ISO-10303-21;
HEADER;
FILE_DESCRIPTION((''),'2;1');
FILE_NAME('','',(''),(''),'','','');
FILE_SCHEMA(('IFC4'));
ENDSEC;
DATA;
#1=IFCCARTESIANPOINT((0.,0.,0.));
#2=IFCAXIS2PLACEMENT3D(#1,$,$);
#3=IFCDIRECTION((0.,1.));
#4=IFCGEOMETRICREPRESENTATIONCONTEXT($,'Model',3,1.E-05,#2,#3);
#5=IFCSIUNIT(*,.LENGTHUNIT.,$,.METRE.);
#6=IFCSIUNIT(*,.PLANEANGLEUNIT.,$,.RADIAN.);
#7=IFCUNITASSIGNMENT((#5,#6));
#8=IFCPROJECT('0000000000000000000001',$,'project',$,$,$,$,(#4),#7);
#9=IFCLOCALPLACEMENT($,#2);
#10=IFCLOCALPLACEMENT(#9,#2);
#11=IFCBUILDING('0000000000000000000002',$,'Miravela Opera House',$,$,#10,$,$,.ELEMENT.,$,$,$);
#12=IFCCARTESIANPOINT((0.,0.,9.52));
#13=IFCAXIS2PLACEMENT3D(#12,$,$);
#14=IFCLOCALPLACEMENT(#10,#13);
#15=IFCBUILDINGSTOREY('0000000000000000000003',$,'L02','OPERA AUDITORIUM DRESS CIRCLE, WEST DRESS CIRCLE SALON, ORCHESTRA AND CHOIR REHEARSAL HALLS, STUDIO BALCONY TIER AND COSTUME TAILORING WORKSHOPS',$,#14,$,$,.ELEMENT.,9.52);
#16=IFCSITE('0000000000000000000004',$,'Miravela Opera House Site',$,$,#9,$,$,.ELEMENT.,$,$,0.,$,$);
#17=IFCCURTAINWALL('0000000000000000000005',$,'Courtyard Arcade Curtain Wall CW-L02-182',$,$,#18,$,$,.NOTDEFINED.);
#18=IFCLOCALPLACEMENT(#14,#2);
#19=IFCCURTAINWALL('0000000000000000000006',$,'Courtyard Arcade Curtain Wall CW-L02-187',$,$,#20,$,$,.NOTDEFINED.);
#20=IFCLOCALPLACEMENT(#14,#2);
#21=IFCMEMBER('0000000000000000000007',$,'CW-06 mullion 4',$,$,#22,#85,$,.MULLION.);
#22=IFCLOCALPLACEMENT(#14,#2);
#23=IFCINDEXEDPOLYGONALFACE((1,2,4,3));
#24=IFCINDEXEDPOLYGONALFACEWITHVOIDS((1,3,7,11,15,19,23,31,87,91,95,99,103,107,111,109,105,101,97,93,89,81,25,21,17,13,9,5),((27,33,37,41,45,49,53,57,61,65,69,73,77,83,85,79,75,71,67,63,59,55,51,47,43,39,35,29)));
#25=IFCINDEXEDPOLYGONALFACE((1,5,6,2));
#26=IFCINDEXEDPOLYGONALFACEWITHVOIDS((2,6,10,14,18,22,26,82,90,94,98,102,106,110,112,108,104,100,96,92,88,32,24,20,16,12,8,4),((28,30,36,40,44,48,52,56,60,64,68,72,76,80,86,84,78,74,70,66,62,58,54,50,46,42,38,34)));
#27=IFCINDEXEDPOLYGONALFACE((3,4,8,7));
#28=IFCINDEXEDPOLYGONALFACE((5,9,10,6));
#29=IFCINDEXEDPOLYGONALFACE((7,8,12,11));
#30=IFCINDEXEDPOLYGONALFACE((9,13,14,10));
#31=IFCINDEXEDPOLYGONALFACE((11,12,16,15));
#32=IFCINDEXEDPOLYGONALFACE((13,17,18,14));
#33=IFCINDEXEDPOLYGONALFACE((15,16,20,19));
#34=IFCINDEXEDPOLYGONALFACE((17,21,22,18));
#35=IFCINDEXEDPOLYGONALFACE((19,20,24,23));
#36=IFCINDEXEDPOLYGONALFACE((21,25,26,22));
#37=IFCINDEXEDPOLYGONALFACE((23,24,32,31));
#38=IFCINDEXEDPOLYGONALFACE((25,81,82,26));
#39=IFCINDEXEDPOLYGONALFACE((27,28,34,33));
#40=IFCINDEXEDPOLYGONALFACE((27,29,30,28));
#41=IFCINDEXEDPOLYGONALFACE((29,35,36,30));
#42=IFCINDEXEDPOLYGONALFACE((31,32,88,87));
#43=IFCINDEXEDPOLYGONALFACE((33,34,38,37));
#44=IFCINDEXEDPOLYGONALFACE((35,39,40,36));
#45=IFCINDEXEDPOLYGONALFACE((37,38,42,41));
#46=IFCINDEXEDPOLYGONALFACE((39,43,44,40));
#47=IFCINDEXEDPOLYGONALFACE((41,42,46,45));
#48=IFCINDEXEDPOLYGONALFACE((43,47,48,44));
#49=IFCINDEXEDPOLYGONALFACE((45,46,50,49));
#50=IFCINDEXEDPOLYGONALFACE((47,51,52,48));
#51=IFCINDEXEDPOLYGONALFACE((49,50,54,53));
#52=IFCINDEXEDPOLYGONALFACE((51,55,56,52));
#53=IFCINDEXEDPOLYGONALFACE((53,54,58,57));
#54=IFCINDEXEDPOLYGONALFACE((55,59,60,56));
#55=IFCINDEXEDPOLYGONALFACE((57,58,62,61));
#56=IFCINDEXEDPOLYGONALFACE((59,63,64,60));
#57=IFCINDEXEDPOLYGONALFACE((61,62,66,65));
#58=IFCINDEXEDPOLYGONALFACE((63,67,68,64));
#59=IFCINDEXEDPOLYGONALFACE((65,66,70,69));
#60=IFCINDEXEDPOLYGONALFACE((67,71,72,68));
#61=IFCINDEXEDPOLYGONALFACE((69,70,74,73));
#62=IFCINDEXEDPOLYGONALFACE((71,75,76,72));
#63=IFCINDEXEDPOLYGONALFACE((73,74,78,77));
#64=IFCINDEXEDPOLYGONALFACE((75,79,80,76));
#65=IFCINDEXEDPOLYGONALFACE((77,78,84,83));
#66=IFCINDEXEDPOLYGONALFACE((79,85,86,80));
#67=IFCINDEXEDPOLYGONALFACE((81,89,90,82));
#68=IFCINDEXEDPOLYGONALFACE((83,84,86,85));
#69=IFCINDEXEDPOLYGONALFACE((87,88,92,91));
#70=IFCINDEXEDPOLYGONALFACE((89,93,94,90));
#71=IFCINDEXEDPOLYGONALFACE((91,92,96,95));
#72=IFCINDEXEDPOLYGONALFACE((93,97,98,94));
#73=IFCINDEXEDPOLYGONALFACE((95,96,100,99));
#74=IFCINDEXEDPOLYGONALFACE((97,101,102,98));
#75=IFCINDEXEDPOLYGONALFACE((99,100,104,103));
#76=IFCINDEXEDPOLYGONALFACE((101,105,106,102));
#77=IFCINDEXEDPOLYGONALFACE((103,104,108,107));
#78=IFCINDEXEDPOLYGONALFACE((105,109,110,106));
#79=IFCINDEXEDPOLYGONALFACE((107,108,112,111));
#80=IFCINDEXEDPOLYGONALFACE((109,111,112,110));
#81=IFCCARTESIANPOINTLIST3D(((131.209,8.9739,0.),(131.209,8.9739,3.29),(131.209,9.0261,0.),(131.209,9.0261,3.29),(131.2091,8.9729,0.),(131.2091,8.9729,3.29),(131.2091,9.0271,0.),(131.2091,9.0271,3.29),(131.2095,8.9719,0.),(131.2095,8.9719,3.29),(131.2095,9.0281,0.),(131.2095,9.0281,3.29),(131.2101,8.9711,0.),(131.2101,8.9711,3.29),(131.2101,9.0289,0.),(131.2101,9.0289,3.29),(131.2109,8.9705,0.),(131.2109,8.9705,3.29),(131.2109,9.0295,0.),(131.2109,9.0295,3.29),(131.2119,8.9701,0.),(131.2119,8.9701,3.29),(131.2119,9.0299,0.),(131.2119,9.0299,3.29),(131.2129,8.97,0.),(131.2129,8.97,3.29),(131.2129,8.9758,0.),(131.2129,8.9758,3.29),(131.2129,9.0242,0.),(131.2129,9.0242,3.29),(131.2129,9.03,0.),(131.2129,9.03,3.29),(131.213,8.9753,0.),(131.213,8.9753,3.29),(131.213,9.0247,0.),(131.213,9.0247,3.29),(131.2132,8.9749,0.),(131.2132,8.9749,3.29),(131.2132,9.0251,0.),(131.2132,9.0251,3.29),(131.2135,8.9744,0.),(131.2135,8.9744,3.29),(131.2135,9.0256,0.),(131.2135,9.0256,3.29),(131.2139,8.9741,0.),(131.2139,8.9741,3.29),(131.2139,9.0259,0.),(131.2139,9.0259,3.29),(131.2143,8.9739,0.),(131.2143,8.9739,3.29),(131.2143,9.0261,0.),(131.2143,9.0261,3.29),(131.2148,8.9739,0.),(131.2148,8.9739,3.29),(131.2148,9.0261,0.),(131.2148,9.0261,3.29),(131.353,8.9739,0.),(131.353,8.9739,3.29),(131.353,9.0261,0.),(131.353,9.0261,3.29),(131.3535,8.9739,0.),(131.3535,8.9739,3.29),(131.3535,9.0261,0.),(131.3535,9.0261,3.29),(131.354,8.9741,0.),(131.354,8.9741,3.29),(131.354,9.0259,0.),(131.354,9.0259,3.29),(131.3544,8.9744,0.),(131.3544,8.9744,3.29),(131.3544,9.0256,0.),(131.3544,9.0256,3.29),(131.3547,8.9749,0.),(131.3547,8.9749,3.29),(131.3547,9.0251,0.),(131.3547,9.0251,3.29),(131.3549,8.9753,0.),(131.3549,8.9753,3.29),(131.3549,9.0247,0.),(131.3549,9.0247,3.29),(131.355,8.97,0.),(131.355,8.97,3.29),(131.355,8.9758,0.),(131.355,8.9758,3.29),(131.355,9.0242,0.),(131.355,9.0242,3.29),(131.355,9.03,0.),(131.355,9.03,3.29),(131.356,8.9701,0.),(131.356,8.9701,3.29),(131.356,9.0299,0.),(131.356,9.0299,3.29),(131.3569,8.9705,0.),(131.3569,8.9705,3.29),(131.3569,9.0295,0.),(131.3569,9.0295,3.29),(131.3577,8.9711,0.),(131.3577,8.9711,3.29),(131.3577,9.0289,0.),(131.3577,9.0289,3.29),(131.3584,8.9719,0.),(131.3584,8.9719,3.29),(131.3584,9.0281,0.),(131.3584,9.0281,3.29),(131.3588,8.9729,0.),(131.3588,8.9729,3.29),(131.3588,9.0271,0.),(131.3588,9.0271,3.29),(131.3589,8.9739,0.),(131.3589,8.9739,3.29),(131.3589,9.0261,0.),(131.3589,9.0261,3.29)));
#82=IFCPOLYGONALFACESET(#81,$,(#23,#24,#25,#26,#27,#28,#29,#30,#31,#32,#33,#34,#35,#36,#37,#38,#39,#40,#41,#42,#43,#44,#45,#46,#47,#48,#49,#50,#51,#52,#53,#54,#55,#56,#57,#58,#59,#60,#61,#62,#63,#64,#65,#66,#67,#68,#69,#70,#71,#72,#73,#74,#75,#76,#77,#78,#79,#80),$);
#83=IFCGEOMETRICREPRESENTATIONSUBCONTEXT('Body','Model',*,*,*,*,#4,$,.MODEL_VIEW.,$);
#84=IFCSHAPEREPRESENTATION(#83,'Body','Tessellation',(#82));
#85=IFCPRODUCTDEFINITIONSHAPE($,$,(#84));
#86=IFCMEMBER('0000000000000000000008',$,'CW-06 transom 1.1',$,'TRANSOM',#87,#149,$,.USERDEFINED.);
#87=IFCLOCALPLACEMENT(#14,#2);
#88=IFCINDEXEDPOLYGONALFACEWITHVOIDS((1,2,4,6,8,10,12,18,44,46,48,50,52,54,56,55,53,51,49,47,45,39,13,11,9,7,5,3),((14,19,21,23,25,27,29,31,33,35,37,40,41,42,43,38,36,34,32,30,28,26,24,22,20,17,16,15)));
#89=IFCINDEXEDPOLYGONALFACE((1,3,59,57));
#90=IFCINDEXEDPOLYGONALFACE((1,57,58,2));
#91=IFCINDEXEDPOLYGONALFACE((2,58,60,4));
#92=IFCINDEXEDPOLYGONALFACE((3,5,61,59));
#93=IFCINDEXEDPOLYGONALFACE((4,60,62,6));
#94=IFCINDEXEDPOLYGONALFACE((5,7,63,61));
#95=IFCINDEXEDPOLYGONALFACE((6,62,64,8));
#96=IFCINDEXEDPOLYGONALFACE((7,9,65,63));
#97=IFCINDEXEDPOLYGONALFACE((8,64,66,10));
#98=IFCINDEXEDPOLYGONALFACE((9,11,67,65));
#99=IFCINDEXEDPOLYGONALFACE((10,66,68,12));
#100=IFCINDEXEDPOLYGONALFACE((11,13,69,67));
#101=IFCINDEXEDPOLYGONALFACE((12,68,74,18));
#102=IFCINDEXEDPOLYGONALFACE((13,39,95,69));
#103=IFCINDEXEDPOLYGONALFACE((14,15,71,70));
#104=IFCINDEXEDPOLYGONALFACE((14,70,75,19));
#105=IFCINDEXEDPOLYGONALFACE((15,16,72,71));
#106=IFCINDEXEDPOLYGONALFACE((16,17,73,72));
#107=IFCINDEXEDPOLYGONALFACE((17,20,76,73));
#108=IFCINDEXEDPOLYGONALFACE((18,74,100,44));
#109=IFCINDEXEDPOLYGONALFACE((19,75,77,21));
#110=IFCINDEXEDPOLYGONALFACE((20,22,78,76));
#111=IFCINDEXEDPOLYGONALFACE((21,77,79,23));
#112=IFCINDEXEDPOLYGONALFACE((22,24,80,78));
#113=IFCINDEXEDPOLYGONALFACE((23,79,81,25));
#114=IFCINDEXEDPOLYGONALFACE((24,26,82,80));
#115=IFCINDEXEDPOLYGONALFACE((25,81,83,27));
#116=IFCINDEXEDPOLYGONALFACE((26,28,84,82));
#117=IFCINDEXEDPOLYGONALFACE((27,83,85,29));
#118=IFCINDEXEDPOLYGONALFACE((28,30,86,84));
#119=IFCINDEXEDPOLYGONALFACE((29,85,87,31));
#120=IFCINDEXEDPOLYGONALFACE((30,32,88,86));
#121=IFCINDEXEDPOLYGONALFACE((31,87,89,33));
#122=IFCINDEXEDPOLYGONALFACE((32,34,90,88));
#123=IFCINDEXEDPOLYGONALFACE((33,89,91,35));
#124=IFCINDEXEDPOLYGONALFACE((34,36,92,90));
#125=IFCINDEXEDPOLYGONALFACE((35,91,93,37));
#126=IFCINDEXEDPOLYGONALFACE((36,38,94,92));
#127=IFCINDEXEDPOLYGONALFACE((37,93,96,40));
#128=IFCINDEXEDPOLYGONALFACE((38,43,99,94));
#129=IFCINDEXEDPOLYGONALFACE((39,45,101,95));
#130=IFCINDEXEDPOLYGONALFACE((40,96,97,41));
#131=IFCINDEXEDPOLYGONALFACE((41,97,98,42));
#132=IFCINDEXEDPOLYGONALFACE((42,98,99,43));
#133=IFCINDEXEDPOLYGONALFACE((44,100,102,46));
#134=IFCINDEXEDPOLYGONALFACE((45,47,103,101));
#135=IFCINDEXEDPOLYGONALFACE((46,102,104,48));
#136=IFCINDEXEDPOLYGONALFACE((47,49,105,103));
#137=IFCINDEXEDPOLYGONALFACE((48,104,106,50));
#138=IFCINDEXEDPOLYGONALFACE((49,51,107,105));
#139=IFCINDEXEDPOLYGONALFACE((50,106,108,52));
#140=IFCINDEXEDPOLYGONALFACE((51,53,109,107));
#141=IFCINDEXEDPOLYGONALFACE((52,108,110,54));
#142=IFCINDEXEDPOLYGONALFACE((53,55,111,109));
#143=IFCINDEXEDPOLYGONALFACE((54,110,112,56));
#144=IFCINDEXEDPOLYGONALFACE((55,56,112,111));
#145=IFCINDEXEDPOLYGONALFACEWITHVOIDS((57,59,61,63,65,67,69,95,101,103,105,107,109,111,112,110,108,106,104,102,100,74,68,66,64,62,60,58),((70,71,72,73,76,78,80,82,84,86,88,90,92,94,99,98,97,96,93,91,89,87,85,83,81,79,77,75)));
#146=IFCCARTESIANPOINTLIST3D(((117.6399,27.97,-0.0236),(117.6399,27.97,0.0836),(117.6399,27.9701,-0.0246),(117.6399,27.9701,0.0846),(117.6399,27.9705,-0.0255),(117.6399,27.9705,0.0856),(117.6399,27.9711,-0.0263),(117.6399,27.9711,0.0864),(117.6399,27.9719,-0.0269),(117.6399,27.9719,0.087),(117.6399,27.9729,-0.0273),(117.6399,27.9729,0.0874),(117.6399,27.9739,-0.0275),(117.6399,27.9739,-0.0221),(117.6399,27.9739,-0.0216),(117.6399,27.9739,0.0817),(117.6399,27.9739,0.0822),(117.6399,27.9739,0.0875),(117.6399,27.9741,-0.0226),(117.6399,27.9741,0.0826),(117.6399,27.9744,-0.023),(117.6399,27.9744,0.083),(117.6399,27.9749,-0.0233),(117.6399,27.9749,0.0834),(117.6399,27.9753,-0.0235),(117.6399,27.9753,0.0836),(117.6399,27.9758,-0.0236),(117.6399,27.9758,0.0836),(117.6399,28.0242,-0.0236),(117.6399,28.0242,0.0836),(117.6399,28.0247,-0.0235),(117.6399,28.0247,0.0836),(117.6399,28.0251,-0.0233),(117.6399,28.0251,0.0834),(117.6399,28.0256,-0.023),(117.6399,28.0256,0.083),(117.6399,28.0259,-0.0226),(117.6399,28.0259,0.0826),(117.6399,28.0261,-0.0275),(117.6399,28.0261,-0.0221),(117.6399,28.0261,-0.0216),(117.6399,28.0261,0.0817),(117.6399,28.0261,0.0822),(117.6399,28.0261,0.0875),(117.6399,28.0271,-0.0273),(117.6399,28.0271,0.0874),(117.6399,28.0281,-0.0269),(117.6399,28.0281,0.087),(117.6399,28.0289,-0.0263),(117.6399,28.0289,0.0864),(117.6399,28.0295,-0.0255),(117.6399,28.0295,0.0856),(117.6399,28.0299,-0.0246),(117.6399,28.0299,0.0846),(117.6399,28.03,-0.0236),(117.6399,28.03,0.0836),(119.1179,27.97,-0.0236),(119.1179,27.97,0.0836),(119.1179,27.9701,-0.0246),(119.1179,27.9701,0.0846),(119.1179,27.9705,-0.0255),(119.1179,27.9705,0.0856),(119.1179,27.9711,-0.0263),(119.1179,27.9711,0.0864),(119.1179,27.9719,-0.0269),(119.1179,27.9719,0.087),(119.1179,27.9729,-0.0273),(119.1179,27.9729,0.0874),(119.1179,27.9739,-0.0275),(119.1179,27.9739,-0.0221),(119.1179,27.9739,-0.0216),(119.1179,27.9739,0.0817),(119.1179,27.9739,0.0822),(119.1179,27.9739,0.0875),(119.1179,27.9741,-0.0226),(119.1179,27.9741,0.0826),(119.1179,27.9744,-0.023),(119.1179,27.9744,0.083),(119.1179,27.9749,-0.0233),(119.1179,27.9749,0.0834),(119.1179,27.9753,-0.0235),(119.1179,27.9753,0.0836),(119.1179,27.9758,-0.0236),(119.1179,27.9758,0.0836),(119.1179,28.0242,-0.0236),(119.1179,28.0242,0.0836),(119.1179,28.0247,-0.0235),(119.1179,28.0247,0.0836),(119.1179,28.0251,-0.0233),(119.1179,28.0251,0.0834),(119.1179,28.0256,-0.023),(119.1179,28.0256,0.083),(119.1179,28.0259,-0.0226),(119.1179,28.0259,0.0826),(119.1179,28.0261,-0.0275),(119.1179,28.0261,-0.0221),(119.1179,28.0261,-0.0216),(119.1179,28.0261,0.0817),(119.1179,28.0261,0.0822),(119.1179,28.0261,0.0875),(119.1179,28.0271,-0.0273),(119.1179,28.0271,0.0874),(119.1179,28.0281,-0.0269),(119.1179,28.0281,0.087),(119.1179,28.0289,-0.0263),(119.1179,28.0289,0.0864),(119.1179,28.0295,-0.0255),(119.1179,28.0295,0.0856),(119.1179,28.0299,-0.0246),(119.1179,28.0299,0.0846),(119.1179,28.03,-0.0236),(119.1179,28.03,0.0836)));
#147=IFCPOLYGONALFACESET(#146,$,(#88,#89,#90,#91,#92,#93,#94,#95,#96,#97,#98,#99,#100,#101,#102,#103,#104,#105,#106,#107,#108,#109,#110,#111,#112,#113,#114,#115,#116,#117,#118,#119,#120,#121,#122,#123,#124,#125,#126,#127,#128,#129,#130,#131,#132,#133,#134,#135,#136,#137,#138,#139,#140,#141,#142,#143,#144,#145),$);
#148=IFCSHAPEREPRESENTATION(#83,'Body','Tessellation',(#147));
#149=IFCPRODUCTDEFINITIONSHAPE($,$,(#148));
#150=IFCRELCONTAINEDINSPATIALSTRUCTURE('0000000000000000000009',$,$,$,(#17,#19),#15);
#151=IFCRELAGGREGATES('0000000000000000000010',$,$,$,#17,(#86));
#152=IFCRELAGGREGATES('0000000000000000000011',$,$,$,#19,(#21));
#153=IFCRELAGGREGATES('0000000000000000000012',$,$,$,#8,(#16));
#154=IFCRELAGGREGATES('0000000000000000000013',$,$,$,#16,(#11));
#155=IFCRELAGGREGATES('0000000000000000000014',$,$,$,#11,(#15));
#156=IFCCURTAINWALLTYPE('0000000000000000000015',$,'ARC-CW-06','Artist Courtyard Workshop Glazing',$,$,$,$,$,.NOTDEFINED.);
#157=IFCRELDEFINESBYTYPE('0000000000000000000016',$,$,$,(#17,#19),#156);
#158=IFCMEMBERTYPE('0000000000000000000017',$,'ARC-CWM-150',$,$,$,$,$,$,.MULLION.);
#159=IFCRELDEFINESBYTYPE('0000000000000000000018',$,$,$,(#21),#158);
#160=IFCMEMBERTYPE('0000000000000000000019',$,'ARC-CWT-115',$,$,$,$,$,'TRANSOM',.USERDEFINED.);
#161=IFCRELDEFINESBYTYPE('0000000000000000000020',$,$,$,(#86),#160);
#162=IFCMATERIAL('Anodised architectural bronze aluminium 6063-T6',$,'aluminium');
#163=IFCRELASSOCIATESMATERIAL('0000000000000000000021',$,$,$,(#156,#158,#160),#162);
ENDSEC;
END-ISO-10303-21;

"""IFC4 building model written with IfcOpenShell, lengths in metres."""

from ifc_helpers import new_model, si_unit, direction, frame, origin, origin_2d, place, context, subcontext, project, spatial, hollow_rectangle, extrude, material, material_profile, profile_set, type_object, element, aggregate, save


model = new_model("IFC4")

# Units and contexts
model_context = context("Model", 3, precision=1e-05, world=origin(), true_north=direction((0.0, 1.0)))
body_context = subcontext(model_context, "Body", "Model", "MODEL_VIEW")
ifc_project = project(units=[si_unit("LENGTHUNIT", "METRE"), si_unit("PLANEANGLEUNIT", "RADIAN")], contexts=[model_context])

# Site, building, storey
site_placement = place(None, origin())
site = spatial("IfcSite", under=ifc_project, at=site_placement, Name="Miravela Opera House Site", CompositionType="ELEMENT", RefElevation=0.0)
building_placement = place(site_placement, origin())
building = spatial("IfcBuilding", under=site, at=building_placement, Name="Miravela Opera House", CompositionType="ELEMENT")
storey_placement = place(building_placement, frame((0.0, 0.0, 9.52)))
storey = spatial("IfcBuildingStorey", under=building, at=storey_placement, Name="L02", Description="OPERA AUDITORIUM DRESS CIRCLE, WEST DRESS CIRCLE SALON, ORCHESTRA AND CHOIR REHEARSAL HALLS, STUDIO BALCONY TIER AND COSTUME TAILORING WORKSHOPS", CompositionType="ELEMENT", Elevation=9.52)

# Curtain wall
ifc_material_1 = material(Name="Anodised architectural bronze aluminium 6063-T6", Category="aluminium")
curtain_wall_type = type_object("IfcCurtainWallType", Name="ARC-CW-06", Description="Artist Courtyard Workshop Glazing", PredefinedType="NOTDEFINED", material=ifc_material_1)
curtain_wall_1_placement = place(storey_placement, origin())
curtain_wall_1 = element("IfcCurtainWall", 1, at=curtain_wall_1_placement, inside=storey, type_object=curtain_wall_type, Name="Courtyard Arcade Curtain Wall CW-L02-182", PredefinedType="NOTDEFINED")
ifc_material_profile_1 = material_profile(ifc_material_1, hollow_rectangle(XDim=0.0601, YDim=0.1499, WallThickness=0.0039, InnerFilletRadius=0.002, OuterFilletRadius=0.0039, at=origin_2d()), Name="CWM-60X150")
ifc_profile_set_1 = profile_set([ifc_material_profile_1])
member_type_1 = type_object("IfcMemberType", Name="ARC-CWM-150", PredefinedType="MULLION", material=ifc_profile_set_1)

# Curtain wall, member
curtain_wall_2_placement = place(storey_placement, origin())
curtain_wall_2 = element("IfcCurtainWall", 2, at=curtain_wall_2_placement, inside=storey, type_object=curtain_wall_type, Name="Courtyard Arcade Curtain Wall CW-L02-187", PredefinedType="NOTDEFINED")
member_1_placement = place(storey_placement, frame((131.2839, 9.0, 0.0), z_axis=(0.0, 0.0, 1.0), x_axis=(0.0, 1.0, 0.0)))
member_1 = element("IfcMember", 3, at=member_1_placement, type_object=member_type_1, Name="CW-06 mullion 4", PredefinedType="MULLION", context=body_context, shape_type="SweptSolid", body=[
    extrude(hollow_rectangle(XDim=0.0601, YDim=0.1499, WallThickness=0.0039, InnerFilletRadius=0.002, OuterFilletRadius=0.0039, at=origin_2d()), origin(), (0.0, 0.0, 1.0), 3.29),
])

# Member
ifc_material_profile_2 = material_profile(ifc_material_1, hollow_rectangle(XDim=0.0601, YDim=0.115, WallThickness=0.0039, InnerFilletRadius=0.002, OuterFilletRadius=0.0039, at=origin_2d()), Name="CWT-60X115")
ifc_profile_set_2 = profile_set([ifc_material_profile_2])
member_type_2 = type_object("IfcMemberType", Name="ARC-CWT-115", ElementType="TRANSOM", PredefinedType="USERDEFINED", material=ifc_profile_set_2)
member_2_placement = place(storey_placement, frame((117.6399, 28.0, 0.03), z_axis=(1.0, 0.0, 0.0), x_axis=(0.0, 1.0, 0.0)))
member_2 = element("IfcMember", 4, at=member_2_placement, type_object=member_type_2, Name="CW-06 transom 1.1", ObjectType="TRANSOM", PredefinedType="USERDEFINED", context=body_context, shape_type="SweptSolid", body=[
    extrude(hollow_rectangle(XDim=0.0601, YDim=0.115, WallThickness=0.0039, InnerFilletRadius=0.002, OuterFilletRadius=0.0039, at=origin_2d()), origin(), (0.0, 0.0, 1.0), 1.478),
])

aggregate(curtain_wall_1, [member_2])
aggregate(curtain_wall_2, [member_1])

save(model, "model.ifc")
